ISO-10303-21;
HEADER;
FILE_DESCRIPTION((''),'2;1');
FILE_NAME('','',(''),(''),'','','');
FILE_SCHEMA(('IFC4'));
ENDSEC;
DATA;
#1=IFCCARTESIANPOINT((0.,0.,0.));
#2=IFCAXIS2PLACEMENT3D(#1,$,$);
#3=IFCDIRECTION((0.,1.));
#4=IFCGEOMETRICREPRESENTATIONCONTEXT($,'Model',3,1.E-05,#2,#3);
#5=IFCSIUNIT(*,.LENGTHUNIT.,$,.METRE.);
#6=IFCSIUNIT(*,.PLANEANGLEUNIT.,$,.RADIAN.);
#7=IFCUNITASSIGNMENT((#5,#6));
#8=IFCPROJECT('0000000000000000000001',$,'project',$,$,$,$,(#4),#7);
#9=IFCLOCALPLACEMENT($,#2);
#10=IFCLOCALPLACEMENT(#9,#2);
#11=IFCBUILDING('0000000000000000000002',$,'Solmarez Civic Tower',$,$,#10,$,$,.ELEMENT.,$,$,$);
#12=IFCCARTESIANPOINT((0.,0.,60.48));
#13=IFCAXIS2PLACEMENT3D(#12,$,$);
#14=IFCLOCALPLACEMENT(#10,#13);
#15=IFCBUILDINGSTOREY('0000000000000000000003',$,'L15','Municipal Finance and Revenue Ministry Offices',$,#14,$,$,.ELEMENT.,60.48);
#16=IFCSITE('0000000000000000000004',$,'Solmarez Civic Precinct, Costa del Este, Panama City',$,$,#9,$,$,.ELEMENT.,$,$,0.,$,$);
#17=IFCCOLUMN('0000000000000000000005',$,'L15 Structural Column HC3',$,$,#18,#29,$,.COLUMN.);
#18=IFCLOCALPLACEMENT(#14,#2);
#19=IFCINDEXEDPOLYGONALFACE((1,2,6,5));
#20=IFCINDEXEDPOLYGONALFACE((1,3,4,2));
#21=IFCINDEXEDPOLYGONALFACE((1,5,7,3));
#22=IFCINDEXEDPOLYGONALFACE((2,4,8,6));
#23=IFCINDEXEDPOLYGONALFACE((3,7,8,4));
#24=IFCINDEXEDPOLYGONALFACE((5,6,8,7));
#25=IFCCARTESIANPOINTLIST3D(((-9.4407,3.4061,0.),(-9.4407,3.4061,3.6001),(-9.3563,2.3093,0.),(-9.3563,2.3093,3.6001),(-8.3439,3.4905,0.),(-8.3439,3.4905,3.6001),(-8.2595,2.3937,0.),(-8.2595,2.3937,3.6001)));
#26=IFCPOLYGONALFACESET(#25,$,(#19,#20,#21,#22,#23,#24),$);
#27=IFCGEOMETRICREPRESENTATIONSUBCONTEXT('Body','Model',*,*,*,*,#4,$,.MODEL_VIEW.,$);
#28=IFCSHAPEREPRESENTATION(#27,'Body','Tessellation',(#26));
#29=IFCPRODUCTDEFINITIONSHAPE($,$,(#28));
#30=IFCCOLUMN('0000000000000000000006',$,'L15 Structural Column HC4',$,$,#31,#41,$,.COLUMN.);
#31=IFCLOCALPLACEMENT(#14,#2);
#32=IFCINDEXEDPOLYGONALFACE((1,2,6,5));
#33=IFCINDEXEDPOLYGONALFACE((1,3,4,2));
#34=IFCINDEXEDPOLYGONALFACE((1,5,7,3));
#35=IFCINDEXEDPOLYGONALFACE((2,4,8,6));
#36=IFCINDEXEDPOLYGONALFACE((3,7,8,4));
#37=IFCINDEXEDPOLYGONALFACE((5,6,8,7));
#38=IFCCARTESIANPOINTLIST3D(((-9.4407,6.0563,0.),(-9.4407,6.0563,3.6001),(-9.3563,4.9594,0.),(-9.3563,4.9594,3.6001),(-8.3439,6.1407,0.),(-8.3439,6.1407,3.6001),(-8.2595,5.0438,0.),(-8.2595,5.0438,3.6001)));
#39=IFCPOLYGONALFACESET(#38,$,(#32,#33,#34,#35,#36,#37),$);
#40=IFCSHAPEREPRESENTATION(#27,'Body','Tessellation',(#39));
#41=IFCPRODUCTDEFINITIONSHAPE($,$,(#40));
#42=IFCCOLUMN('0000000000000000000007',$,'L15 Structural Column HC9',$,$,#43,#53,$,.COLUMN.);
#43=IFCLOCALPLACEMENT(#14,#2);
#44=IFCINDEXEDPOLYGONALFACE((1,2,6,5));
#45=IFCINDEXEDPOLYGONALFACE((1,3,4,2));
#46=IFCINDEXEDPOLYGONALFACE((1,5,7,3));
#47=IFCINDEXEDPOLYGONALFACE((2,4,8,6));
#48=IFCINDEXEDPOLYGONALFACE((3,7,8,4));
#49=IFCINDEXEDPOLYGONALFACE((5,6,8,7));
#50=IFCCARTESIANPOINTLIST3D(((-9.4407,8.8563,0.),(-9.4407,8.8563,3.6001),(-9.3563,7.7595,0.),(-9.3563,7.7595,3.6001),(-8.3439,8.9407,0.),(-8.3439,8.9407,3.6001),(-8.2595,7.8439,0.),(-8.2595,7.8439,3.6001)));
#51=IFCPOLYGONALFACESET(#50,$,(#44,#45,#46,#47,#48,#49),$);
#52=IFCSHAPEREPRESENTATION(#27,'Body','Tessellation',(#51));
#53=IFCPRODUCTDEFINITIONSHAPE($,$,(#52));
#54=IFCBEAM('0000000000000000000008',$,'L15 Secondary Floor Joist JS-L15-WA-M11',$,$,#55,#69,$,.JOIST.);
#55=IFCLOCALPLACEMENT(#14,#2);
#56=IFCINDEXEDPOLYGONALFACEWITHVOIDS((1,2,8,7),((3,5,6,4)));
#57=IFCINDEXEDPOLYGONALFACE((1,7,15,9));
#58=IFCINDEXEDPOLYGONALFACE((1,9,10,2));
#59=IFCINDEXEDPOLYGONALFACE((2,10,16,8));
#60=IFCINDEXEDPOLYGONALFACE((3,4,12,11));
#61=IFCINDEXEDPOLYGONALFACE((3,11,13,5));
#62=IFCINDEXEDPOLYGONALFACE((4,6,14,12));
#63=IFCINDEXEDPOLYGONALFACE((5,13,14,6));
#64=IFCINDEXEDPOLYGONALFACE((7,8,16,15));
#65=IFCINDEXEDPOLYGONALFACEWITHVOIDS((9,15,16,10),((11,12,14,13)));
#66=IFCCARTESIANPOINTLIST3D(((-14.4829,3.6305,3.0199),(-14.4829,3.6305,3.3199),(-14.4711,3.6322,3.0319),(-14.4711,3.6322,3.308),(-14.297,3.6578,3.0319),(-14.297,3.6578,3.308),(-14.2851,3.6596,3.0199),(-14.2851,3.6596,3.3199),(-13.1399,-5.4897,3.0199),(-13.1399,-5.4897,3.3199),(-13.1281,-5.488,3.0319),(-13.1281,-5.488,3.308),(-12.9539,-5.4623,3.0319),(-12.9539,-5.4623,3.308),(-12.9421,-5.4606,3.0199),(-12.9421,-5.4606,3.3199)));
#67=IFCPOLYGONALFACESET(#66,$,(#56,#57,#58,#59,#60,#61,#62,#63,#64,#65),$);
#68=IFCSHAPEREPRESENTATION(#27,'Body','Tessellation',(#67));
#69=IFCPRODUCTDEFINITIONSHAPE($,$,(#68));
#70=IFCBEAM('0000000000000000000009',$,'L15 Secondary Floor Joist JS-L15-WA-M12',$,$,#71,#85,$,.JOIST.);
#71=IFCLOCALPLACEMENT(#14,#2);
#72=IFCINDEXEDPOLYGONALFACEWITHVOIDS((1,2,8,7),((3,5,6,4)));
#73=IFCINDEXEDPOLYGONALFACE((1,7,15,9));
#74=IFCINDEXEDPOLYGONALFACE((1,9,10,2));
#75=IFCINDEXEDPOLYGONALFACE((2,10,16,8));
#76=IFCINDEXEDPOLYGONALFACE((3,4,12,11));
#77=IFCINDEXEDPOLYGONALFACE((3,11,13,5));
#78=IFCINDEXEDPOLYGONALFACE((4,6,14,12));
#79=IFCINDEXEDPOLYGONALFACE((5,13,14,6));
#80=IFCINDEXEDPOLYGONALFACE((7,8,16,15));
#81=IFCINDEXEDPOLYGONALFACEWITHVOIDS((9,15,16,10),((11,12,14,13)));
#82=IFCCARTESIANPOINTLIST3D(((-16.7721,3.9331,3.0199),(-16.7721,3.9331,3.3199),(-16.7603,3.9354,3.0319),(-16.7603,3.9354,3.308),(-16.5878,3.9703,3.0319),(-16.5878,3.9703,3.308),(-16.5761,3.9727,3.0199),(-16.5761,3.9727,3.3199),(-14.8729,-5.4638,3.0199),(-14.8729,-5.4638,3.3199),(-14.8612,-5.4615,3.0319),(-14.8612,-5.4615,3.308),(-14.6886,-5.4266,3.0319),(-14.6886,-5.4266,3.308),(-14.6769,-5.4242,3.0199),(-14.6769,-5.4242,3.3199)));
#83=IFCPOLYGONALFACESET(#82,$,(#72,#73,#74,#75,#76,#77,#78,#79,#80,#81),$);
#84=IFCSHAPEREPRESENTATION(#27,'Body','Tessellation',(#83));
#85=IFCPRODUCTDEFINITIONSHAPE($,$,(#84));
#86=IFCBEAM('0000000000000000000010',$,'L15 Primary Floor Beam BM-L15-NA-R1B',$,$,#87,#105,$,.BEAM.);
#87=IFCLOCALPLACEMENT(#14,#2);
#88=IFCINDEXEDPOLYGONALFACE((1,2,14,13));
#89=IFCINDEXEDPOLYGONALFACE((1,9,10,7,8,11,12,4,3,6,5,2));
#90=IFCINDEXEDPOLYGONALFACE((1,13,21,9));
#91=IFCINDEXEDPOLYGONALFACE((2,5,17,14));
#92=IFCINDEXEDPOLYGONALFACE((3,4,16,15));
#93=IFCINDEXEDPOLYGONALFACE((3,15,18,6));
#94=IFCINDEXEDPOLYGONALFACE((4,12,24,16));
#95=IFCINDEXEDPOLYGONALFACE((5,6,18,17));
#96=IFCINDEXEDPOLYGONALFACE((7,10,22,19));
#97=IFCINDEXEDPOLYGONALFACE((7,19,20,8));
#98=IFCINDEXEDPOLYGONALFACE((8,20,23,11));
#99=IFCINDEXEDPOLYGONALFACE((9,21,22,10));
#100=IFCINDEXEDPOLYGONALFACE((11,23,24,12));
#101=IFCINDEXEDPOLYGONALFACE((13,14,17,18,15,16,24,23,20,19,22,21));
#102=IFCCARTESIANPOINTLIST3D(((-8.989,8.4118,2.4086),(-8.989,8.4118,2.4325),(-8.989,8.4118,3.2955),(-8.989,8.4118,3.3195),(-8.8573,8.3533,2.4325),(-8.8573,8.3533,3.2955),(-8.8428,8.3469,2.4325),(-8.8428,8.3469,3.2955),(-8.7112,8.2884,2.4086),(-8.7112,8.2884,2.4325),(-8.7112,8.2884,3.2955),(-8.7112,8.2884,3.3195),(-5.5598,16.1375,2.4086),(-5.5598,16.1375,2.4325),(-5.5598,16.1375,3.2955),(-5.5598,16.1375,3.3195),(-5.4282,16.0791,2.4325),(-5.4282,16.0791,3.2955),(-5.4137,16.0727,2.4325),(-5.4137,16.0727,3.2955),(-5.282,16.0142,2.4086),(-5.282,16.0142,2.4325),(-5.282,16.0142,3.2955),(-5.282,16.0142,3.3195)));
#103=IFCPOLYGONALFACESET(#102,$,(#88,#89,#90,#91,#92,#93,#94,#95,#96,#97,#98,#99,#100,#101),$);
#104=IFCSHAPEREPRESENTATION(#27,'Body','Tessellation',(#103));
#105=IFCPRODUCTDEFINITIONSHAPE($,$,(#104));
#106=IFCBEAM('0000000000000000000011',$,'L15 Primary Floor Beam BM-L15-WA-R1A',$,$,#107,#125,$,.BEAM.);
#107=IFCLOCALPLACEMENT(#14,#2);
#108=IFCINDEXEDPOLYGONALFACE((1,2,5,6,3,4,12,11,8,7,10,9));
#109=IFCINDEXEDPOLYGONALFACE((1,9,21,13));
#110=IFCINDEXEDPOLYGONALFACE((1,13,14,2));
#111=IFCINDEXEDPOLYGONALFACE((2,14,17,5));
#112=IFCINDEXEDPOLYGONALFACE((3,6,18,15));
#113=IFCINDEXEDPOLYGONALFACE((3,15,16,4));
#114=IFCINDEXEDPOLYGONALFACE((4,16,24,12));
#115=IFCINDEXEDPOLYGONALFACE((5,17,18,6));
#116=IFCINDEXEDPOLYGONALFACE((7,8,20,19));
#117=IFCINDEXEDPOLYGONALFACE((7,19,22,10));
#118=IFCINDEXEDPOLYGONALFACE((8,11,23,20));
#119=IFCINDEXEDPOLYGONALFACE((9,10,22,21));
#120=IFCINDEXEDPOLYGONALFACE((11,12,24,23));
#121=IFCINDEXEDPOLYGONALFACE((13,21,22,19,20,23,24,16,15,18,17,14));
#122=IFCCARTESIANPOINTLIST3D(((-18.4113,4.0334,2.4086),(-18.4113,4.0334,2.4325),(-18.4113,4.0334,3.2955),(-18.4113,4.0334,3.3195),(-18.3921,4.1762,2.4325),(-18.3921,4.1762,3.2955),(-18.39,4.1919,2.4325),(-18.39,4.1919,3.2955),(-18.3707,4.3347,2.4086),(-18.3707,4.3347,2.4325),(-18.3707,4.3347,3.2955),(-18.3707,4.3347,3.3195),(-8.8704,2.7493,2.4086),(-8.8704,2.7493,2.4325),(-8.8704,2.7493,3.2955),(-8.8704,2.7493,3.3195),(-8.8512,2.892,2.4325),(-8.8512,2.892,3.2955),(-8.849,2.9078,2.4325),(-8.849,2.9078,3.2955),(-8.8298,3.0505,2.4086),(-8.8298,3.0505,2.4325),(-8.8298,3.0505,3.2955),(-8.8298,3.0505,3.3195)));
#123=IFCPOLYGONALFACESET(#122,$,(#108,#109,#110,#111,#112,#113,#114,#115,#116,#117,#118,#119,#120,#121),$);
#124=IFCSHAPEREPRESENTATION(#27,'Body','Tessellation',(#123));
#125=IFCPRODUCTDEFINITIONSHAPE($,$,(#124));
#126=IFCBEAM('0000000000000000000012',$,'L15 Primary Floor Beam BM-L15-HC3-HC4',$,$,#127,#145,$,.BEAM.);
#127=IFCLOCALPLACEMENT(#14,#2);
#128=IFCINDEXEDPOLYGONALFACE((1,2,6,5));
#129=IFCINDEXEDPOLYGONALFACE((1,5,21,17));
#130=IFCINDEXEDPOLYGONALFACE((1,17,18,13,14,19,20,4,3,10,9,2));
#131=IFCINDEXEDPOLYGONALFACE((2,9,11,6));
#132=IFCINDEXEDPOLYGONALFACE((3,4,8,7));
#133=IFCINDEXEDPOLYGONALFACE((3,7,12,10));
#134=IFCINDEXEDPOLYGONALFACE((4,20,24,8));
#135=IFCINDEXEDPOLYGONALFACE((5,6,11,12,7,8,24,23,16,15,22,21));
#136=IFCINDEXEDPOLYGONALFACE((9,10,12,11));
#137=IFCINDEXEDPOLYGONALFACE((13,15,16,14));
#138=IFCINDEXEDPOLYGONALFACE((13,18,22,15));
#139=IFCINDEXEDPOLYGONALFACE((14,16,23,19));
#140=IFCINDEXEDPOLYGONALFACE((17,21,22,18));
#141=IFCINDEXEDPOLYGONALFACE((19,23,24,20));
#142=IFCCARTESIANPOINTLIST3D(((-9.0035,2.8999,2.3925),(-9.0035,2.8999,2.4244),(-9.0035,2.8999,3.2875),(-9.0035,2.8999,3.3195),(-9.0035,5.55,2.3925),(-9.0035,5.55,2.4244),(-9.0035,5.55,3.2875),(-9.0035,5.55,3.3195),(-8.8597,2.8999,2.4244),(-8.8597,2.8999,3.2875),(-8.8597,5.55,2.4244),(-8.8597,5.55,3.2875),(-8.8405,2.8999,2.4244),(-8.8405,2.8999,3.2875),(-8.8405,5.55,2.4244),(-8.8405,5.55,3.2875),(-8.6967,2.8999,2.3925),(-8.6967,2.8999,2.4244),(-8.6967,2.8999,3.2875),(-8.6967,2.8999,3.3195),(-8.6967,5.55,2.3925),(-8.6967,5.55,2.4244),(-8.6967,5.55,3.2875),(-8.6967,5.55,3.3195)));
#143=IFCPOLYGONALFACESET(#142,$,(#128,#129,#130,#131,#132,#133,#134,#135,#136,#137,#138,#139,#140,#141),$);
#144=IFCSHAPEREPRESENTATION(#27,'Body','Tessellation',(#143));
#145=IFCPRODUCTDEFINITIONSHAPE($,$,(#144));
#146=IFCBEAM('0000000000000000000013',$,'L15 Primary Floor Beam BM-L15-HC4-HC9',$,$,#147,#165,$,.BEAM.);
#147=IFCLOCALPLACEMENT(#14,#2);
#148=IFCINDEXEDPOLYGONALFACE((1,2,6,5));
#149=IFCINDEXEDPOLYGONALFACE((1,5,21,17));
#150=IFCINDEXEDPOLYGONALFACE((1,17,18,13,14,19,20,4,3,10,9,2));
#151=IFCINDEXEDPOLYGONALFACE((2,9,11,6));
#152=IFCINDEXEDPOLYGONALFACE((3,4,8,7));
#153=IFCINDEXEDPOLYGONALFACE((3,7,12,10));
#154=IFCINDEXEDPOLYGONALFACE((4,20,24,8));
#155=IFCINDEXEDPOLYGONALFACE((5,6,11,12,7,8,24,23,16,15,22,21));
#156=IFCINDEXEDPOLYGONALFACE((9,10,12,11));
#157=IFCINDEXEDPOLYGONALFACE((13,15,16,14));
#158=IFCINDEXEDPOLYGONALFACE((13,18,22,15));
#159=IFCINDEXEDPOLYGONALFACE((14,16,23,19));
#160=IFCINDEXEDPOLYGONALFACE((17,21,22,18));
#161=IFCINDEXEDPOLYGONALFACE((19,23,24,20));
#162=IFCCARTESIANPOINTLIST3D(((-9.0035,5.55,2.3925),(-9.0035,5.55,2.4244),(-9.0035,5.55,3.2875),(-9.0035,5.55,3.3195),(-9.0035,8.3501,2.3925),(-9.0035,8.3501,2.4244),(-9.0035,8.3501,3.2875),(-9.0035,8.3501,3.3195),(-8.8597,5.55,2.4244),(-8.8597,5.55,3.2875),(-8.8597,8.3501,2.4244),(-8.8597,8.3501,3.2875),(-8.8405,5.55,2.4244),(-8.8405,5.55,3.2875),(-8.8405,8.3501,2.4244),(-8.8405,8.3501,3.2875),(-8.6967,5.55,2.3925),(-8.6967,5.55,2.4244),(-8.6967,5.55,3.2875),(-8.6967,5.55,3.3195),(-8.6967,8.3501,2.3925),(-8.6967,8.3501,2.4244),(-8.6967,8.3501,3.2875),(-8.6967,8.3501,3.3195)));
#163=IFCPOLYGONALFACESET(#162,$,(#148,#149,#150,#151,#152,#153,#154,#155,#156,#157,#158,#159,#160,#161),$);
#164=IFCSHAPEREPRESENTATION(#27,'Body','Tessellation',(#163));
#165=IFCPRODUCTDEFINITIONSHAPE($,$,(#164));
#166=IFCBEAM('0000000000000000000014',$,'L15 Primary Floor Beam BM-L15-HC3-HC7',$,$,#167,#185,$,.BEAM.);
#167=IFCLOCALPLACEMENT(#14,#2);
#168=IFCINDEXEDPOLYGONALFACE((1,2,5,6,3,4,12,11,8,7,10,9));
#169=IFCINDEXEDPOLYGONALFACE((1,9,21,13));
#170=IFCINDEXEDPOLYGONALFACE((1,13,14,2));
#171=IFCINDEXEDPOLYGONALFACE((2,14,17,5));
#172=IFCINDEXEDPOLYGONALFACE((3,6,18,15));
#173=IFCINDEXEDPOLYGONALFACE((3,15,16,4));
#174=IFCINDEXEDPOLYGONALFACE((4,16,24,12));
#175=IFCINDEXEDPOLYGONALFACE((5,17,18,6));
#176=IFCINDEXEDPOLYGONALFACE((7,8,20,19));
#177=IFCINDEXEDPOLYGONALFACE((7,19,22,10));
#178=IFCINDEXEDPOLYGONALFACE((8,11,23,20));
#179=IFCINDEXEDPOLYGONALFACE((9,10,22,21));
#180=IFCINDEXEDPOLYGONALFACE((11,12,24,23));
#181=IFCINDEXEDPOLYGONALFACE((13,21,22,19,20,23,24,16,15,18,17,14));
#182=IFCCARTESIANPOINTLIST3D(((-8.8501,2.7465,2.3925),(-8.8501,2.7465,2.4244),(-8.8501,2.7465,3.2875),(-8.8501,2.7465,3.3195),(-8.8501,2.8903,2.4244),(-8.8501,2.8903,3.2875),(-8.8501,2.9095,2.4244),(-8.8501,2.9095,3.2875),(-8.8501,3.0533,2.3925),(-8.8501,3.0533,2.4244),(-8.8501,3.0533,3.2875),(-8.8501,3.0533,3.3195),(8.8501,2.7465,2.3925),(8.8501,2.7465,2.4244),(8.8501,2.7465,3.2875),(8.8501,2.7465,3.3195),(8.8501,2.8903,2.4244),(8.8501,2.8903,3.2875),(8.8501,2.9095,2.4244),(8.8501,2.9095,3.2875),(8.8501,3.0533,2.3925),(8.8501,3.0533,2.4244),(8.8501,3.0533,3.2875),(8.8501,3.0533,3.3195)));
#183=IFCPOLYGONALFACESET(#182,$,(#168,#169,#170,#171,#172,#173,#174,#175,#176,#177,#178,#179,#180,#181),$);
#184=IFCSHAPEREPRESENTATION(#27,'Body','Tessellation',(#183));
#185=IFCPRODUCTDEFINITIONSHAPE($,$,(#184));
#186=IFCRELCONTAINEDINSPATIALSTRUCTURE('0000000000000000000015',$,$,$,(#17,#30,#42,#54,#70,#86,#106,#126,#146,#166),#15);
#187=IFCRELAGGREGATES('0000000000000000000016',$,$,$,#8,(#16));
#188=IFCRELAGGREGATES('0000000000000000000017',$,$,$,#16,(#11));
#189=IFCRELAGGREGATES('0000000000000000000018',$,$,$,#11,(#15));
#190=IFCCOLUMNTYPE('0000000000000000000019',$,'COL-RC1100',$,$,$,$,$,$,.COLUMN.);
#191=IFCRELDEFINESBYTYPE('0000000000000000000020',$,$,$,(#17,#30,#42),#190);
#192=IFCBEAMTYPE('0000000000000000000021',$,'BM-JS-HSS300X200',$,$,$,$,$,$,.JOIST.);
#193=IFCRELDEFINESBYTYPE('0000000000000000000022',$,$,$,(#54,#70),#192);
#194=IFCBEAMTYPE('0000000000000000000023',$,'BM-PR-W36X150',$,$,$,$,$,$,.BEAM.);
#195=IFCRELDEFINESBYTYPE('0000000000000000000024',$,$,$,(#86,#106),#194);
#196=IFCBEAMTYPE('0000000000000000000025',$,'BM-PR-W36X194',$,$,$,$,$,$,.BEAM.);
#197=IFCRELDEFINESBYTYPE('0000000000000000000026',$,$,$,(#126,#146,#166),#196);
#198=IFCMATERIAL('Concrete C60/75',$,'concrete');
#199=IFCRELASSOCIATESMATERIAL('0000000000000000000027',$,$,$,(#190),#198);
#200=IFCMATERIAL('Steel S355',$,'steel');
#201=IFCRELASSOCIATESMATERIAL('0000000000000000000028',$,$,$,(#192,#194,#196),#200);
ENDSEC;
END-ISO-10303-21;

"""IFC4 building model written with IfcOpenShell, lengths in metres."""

from ifc_helpers import new_model, si_unit, direction, frame, origin, origin_2d, place, context, subcontext, project, spatial, rectangle, hollow_rectangle, i_section, extrude, material, material_profile, profile_set, type_object, element, save


model = new_model("IFC4")

# Units and contexts
model_context = context("Model", 3, precision=1e-05, world=origin(), true_north=direction((0.0, 1.0)))
body_context = subcontext(model_context, "Body", "Model", "MODEL_VIEW")
ifc_project = project(units=[si_unit("LENGTHUNIT", "METRE"), si_unit("PLANEANGLEUNIT", "RADIAN")], contexts=[model_context])

# Site, building, storey
site_placement = place(None, origin())
site = spatial("IfcSite", under=ifc_project, at=site_placement, Name="Solmarez Civic Precinct, Costa del Este, Panama City", CompositionType="ELEMENT", RefElevation=0.0)
building_placement = place(site_placement, origin())
building = spatial("IfcBuilding", under=site, at=building_placement, Name="Solmarez Civic Tower", CompositionType="ELEMENT")
storey_placement = place(building_placement, frame((0.0, 0.0, 60.48)))
storey = spatial("IfcBuildingStorey", under=building, at=storey_placement, Name="L15", Description="Municipal Finance and Revenue Ministry Offices", CompositionType="ELEMENT", Elevation=60.48)

# Columns
ifc_material_1 = material(Name="Concrete C60/75", Category="concrete")
ifc_material_profile_1 = material_profile(ifc_material_1, rectangle(XDim=1.1001, YDim=1.1001, at=origin_2d()), Name="RC1100X1100")
ifc_profile_set_1 = profile_set([ifc_material_profile_1], Name="Concrete C60/75")
column_type = type_object("IfcColumnType", Name="COL-RC1100", PredefinedType="COLUMN", material=ifc_profile_set_1)
for number, where, z_axis, x_axis, name in (
    (1, (-8.8501, 2.8999, 0.0), (0.0, 0.0, 1.0), (0.997053, 0.076719, 0.0), "L15 Structural Column HC3"),
    (2, (-8.8501, 5.55, 0.0), (0.0, 0.0, 1.0), (0.997053, 0.076719, 0.0), "L15 Structural Column HC4"),
    (3, (-8.8501, 8.3501, 0.0), (0.0, 0.0, 1.0), (0.997053, 0.076719, 0.0), "L15 Structural Column HC9"),
):
    element("IfcColumn", number, at=place(storey_placement, frame(where, z_axis=z_axis, x_axis=x_axis)), inside=storey, type_object=column_type, Name=name, PredefinedType="COLUMN", context=body_context, shape_type="SweptSolid", body=[
        extrude(rectangle(XDim=1.1001, YDim=1.1001, at=origin_2d()), origin(), (0.0, 0.0, 1.0), 3.6001),
    ])

# Beams
ifc_material_2 = material(Name="Steel S355", Category="steel")
ifc_material_profile_2 = material_profile(ifc_material_2, hollow_rectangle(XDim=0.2, YDim=0.3, WallThickness=0.012, at=origin_2d()), Name="HSS300X200X12")
ifc_profile_set_2 = profile_set([ifc_material_profile_2], Name="Steel S355")
beam_type_1 = type_object("IfcBeamType", Name="BM-JS-HSS300X200", PredefinedType="JOIST", material=ifc_profile_set_2)
beam_1_placement = place(storey_placement, frame((-14.384, 3.645, 3.1699), z_axis=(0.145688, -0.989331, 0.0), x_axis=(0.989331, 0.145688, 0.0)))
element("IfcBeam", 4, at=beam_1_placement, inside=storey, type_object=beam_type_1, Name="L15 Secondary Floor Joist JS-L15-WA-M11", PredefinedType="JOIST", context=body_context, shape_type="SweptSolid", body=[
    extrude(hollow_rectangle(XDim=0.2, YDim=0.3, WallThickness=0.012, at=origin_2d()), origin(), (0.0, 0.0, 1.0), 9.2185),
])
beam_2_placement = place(storey_placement, frame((-16.6741, 3.9529, 3.1699), z_axis=(0.198099, -0.980182, 0.0), x_axis=(0.980182, 0.198099, 0.0)))
element("IfcBeam", 5, at=beam_2_placement, inside=storey, type_object=beam_type_1, Name="L15 Secondary Floor Joist JS-L15-WA-M12", PredefinedType="JOIST", context=body_context, shape_type="SweptSolid", body=[
    extrude(hollow_rectangle(XDim=0.2, YDim=0.3, WallThickness=0.012, at=origin_2d()), origin(), (0.0, 0.0, 1.0), 9.5869),
])
ifc_material_profile_3 = material_profile(ifc_material_2, i_section(OverallWidth=0.304, OverallDepth=0.9109, WebThickness=0.0159, FlangeThickness=0.0239, at=origin_2d()), Name="W36X150")
ifc_profile_set_3 = profile_set([ifc_material_profile_3], Name="Steel S355")
beam_type_2 = type_object("IfcBeamType", Name="BM-PR-W36X150", PredefinedType="BEAM", material=ifc_profile_set_3)
beam_3_placement = place(storey_placement, frame((-8.8501, 8.3501, 2.864), z_axis=(0.405694, 0.914009, 0.0), x_axis=(-0.914009, 0.405694, 0.0)))
element("IfcBeam", 6, at=beam_3_placement, inside=storey, type_object=beam_type_2, Name="L15 Primary Floor Beam BM-L15-NA-R1B", PredefinedType="BEAM", context=body_context, shape_type="SweptSolid", body=[
    extrude(i_section(OverallWidth=0.304, OverallDepth=0.9109, WebThickness=0.0159, FlangeThickness=0.0239, at=origin_2d()), origin(), (0.0, 0.0, 1.0), 8.4526),
])
beam_4_placement = place(storey_placement, frame((-8.8501, 2.8999, 2.864), z_axis=(-0.991063, 0.133393, 0.0), x_axis=(-0.133393, -0.991063, 0.0)))
element("IfcBeam", 7, at=beam_4_placement, inside=storey, type_object=beam_type_2, Name="L15 Primary Floor Beam BM-L15-WA-R1A", PredefinedType="BEAM", context=body_context, shape_type="SweptSolid", body=[
    extrude(i_section(OverallWidth=0.304, OverallDepth=0.9109, WebThickness=0.0159, FlangeThickness=0.0239, at=origin_2d()), origin(), (0.0, 0.0, 1.0), 9.627),
])
ifc_material_profile_4 = material_profile(ifc_material_2, i_section(OverallWidth=0.3069, OverallDepth=0.927, WebThickness=0.0193, FlangeThickness=0.032, at=origin_2d()), Name="W36X194")
ifc_profile_set_4 = profile_set([ifc_material_profile_4], Name="Steel S355")
beam_type_3 = type_object("IfcBeamType", Name="BM-PR-W36X194", PredefinedType="BEAM", material=ifc_profile_set_4)
beam_5_placement = place(storey_placement, frame((-8.8501, 2.8999, 2.856), z_axis=(0.0, 1.0, 0.0), x_axis=(-1.0, 0.0, 0.0)))
element("IfcBeam", 8, at=beam_5_placement, inside=storey, type_object=beam_type_3, Name="L15 Primary Floor Beam BM-L15-HC3-HC4", PredefinedType="BEAM", context=body_context, shape_type="SweptSolid", body=[
    extrude(i_section(OverallWidth=0.3069, OverallDepth=0.927, WebThickness=0.0193, FlangeThickness=0.032, at=origin_2d()), origin(), (0.0, 0.0, 1.0), 2.6501),
])
beam_6_placement = place(storey_placement, frame((-8.8501, 5.55, 2.856), z_axis=(0.0, 1.0, 0.0), x_axis=(-1.0, 0.0, 0.0)))
element("IfcBeam", 9, at=beam_6_placement, inside=storey, type_object=beam_type_3, Name="L15 Primary Floor Beam BM-L15-HC4-HC9", PredefinedType="BEAM", context=body_context, shape_type="SweptSolid", body=[
    extrude(i_section(OverallWidth=0.3069, OverallDepth=0.927, WebThickness=0.0193, FlangeThickness=0.032, at=origin_2d()), origin(), (0.0, 0.0, 1.0), 2.8),
])
beam_7_placement = place(storey_placement, frame((-8.8501, 2.8999, 2.856), z_axis=(1.0, 0.0, 0.0), x_axis=(0.0, 1.0, 0.0)))
element("IfcBeam", 10, at=beam_7_placement, inside=storey, type_object=beam_type_3, Name="L15 Primary Floor Beam BM-L15-HC3-HC7", PredefinedType="BEAM", context=body_context, shape_type="SweptSolid", body=[
    extrude(i_section(OverallWidth=0.3069, OverallDepth=0.927, WebThickness=0.0193, FlangeThickness=0.032, at=origin_2d()), origin(), (0.0, 0.0, 1.0), 17.7002),
])

save(model, "model.ifc")
